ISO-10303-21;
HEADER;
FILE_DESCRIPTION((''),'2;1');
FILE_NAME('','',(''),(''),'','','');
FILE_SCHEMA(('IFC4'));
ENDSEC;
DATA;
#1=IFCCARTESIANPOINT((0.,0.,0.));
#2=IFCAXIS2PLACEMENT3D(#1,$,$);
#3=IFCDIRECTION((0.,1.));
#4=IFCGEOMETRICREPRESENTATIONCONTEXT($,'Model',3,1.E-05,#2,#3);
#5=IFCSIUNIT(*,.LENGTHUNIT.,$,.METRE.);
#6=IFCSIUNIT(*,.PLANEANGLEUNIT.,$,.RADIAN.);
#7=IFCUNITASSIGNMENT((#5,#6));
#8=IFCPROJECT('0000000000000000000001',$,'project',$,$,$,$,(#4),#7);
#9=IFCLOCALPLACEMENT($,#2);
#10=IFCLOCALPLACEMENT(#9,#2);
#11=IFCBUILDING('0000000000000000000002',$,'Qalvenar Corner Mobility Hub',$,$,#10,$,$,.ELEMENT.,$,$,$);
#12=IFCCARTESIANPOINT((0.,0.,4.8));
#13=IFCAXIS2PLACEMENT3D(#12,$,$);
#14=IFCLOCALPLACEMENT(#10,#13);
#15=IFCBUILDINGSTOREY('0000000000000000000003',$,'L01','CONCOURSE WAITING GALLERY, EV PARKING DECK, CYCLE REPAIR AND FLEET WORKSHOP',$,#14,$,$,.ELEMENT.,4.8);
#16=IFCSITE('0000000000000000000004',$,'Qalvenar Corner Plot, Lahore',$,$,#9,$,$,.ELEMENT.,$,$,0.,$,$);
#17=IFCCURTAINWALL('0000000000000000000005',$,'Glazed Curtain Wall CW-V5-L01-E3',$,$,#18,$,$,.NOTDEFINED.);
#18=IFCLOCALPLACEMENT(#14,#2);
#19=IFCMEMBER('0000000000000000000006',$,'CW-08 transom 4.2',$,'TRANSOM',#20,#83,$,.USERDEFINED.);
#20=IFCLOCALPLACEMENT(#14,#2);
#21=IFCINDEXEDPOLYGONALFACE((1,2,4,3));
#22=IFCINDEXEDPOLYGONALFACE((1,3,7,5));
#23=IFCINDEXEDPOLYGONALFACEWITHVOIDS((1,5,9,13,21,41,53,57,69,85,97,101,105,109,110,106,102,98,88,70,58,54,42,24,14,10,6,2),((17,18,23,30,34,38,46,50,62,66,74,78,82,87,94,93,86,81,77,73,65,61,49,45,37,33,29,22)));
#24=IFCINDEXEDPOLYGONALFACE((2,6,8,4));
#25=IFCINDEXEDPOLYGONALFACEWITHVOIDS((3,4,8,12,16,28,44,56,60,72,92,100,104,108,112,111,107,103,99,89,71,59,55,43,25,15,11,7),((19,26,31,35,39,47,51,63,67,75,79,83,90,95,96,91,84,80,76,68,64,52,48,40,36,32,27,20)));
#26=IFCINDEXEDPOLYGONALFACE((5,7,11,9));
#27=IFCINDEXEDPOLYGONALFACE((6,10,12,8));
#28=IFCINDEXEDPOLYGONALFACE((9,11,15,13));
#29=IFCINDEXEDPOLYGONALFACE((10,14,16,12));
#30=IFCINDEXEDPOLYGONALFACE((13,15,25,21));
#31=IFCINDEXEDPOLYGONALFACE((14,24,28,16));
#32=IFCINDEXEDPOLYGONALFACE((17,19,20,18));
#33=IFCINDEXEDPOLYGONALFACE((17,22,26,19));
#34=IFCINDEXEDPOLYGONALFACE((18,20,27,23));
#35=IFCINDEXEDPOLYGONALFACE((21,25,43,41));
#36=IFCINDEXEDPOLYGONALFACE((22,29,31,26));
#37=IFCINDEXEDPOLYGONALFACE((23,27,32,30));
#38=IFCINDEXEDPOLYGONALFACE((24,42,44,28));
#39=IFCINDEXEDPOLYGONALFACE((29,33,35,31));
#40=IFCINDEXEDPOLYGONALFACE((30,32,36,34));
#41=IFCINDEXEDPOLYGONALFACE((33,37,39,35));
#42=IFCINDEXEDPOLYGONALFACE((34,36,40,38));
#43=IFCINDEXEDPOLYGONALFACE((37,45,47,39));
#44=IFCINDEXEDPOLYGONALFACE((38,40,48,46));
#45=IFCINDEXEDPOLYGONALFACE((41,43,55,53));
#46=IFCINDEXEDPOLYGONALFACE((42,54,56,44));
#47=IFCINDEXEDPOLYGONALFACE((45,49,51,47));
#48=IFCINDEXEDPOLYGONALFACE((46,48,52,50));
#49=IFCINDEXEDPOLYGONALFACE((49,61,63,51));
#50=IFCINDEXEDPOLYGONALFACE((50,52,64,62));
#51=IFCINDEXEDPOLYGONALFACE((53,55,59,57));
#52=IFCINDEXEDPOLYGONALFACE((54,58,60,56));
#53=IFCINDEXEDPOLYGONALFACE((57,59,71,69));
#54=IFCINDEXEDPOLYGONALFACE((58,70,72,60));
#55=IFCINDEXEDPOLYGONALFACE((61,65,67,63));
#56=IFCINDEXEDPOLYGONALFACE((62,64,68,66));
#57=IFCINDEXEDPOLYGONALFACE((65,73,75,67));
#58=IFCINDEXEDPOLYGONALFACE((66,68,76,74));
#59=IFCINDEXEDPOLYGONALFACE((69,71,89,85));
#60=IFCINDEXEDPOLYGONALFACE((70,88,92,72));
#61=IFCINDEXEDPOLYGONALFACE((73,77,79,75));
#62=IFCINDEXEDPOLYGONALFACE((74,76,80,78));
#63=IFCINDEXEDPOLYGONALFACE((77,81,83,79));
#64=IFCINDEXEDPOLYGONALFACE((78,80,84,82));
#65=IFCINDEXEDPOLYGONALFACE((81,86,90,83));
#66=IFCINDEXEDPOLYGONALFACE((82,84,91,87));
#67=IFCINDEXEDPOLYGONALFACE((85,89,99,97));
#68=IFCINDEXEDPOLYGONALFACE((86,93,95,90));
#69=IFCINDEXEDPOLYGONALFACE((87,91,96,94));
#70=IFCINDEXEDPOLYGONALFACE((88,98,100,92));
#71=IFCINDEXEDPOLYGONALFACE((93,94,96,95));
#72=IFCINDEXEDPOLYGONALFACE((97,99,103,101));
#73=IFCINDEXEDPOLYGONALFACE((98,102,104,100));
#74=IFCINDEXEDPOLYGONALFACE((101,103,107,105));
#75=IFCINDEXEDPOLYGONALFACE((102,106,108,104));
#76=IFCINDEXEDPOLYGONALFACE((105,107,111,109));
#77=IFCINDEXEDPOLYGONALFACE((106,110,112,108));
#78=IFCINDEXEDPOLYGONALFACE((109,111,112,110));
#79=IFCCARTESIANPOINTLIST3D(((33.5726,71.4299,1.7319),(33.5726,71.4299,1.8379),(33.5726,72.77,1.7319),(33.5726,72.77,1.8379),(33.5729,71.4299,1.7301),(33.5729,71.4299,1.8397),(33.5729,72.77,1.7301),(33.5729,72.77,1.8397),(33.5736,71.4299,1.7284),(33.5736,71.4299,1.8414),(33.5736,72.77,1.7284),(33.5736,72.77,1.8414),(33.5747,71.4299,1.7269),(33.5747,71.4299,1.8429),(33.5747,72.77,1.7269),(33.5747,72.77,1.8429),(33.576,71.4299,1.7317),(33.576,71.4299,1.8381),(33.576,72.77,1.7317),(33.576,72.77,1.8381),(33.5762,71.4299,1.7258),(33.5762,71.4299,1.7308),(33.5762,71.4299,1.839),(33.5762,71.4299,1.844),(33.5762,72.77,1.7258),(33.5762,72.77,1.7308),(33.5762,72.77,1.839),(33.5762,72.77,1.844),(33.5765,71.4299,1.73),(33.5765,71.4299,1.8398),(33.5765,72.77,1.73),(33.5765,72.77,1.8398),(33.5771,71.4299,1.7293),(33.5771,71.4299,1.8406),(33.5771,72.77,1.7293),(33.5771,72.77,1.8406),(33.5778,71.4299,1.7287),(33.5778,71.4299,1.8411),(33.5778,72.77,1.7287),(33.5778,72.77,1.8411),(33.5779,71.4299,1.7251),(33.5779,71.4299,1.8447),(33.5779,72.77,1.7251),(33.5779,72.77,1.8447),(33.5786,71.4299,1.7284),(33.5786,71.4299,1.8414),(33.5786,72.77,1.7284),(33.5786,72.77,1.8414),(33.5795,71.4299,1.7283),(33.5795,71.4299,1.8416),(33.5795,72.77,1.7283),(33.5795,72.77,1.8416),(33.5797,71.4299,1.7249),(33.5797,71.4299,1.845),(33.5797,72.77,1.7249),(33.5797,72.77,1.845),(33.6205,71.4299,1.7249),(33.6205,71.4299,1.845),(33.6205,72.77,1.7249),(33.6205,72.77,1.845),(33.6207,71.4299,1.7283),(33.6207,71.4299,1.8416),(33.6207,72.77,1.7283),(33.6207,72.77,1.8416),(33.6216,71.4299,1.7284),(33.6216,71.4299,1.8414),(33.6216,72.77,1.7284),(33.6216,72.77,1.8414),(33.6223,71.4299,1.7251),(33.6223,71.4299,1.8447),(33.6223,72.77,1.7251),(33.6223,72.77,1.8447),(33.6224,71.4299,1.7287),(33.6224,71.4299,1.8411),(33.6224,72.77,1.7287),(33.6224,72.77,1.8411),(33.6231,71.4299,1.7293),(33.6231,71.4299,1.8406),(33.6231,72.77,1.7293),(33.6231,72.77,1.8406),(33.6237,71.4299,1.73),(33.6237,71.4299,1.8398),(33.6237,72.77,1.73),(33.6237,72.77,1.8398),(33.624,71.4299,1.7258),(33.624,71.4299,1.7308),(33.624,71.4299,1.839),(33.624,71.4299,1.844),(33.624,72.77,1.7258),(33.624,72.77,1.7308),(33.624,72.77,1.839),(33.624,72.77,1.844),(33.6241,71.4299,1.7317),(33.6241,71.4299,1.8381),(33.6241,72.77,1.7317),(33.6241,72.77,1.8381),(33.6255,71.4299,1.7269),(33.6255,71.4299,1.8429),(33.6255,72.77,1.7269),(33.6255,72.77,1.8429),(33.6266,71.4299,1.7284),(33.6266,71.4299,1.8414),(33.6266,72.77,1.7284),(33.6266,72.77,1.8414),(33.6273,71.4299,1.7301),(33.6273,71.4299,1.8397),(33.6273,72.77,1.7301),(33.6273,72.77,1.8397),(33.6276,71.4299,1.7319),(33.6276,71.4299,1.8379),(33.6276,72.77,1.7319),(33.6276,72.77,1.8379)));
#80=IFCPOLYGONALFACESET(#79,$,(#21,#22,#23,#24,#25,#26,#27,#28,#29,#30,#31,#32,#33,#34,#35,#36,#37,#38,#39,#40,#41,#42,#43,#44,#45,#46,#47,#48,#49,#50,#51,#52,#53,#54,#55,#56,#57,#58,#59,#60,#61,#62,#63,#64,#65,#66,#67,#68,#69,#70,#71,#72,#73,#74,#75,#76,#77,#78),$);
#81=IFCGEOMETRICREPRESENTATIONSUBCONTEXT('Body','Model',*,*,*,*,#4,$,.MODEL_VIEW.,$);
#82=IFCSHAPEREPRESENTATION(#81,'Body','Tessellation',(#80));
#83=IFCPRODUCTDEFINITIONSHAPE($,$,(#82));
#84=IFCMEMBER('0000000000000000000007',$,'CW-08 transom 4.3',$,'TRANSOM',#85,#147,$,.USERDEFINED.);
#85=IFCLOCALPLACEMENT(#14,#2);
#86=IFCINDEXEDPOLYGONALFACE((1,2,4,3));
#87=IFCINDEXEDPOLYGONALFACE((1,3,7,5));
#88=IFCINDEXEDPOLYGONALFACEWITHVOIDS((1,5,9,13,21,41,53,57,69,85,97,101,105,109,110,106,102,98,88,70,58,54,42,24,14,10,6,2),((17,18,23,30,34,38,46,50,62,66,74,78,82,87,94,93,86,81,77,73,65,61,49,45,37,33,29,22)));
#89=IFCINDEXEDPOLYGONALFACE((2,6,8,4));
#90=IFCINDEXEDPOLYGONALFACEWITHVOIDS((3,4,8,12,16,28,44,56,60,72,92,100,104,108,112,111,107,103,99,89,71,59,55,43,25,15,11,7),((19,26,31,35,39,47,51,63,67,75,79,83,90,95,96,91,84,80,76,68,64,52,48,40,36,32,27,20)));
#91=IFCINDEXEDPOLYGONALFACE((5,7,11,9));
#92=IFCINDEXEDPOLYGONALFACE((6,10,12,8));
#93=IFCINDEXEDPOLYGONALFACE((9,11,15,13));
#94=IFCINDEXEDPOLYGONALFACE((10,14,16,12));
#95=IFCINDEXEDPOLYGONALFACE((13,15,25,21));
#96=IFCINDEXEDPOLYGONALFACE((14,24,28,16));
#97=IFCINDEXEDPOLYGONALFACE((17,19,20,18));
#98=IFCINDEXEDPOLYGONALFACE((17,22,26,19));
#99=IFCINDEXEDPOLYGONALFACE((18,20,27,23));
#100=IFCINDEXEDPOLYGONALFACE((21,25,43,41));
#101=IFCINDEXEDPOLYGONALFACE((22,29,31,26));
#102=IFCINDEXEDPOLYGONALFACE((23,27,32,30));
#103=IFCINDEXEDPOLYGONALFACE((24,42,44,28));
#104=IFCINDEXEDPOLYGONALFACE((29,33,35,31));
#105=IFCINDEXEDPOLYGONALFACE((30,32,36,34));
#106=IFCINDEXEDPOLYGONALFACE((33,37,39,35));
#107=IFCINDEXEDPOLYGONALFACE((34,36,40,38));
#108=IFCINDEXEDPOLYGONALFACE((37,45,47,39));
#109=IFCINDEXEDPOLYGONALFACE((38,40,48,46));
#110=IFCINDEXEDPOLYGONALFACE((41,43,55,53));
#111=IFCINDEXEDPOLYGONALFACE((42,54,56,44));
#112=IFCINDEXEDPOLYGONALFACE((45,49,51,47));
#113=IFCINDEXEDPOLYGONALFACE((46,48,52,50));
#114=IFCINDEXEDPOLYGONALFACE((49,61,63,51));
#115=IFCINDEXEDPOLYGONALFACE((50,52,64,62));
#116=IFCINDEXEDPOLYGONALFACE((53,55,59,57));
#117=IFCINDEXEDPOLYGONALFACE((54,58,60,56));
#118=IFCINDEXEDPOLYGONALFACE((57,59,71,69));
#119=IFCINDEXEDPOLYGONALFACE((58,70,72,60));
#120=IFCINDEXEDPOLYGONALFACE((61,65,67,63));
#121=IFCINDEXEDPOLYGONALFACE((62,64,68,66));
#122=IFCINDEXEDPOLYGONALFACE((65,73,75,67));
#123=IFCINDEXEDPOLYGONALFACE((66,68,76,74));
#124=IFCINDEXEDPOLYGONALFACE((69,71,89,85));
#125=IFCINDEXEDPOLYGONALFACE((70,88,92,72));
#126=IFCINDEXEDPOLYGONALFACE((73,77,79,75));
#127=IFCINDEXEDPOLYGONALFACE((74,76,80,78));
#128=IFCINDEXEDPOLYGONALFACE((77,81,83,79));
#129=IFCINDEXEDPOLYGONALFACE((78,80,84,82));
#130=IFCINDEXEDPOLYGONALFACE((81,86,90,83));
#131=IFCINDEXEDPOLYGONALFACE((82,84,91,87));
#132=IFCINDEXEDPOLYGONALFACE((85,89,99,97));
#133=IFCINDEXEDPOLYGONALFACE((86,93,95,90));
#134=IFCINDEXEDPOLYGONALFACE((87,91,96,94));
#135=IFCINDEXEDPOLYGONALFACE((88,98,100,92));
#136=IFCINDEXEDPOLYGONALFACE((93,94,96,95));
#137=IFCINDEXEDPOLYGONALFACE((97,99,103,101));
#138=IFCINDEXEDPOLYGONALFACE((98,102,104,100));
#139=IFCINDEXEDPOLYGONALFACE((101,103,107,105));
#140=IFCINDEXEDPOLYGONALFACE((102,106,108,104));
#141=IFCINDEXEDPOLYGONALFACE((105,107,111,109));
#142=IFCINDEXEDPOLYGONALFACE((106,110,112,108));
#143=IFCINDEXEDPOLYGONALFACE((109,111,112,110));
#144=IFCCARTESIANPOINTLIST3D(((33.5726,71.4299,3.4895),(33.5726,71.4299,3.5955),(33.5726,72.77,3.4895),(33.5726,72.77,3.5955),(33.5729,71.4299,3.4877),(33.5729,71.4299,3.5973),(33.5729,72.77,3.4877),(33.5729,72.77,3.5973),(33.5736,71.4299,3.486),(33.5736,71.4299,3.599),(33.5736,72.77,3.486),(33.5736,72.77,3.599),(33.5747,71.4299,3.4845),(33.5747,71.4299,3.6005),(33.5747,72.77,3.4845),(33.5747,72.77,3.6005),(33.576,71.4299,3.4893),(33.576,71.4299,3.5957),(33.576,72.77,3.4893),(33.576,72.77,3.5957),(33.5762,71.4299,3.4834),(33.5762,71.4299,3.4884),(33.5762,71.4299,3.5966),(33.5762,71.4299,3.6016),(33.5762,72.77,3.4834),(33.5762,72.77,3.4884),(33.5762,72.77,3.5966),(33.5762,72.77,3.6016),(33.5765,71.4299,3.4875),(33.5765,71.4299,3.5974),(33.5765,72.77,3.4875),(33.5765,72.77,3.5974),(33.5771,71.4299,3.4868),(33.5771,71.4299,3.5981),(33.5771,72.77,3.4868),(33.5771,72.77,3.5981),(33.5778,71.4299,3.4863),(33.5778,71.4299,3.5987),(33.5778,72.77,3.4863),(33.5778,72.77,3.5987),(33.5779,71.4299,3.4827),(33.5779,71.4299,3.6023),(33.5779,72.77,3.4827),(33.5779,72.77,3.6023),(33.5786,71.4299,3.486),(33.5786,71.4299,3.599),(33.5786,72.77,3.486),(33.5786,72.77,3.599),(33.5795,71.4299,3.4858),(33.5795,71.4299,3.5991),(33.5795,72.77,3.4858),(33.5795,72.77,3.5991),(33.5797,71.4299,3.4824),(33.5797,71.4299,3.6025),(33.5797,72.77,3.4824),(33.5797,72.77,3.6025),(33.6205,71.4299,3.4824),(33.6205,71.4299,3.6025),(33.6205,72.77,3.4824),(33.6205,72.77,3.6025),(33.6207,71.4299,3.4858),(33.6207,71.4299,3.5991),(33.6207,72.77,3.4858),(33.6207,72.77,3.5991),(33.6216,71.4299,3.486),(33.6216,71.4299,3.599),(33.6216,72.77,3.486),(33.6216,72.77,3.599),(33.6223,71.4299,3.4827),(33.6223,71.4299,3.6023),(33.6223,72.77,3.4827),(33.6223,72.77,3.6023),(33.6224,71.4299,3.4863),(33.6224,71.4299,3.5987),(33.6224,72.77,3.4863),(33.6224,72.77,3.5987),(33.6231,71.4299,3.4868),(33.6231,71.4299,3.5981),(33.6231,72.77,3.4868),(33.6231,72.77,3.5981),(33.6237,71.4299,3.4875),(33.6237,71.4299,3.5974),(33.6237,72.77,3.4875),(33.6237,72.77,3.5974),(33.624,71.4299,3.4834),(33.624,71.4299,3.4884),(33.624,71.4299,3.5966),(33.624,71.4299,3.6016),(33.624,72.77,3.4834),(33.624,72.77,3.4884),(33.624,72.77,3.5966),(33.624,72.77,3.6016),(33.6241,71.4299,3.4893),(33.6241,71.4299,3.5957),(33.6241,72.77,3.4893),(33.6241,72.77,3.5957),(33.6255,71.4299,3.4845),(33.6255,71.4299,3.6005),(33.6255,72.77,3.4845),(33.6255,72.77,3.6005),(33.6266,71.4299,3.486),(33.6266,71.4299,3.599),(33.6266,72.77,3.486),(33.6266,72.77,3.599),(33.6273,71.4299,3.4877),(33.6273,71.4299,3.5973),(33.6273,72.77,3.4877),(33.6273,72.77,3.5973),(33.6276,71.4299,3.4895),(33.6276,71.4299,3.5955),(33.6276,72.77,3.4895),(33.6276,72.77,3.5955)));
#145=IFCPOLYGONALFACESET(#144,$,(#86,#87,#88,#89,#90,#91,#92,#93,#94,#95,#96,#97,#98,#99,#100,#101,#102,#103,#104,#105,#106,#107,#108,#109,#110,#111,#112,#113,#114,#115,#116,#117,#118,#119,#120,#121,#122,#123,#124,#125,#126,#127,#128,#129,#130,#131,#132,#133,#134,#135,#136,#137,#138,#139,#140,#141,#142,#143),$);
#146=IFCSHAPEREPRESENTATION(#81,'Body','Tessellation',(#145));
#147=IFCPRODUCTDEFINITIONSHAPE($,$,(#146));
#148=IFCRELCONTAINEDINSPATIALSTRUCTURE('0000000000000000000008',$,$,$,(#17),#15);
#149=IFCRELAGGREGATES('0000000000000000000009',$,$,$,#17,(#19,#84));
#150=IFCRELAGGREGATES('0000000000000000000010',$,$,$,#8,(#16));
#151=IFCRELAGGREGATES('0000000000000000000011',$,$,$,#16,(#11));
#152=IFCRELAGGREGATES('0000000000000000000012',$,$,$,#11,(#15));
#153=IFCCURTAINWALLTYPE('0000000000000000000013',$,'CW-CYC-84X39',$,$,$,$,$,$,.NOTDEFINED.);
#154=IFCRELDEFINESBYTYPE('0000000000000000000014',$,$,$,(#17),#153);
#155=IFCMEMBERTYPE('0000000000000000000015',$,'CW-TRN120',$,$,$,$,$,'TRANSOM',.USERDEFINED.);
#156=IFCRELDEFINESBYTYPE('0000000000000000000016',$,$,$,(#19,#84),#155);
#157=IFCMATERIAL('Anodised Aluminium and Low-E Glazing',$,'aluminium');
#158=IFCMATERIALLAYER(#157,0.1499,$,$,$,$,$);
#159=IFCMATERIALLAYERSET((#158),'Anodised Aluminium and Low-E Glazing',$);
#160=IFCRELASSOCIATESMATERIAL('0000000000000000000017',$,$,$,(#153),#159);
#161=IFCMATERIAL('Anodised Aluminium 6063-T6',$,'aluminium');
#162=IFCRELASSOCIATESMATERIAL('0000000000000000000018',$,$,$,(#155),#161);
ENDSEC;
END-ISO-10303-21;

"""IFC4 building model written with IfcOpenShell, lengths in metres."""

from ifc_helpers import new_model, si_unit, direction, frame, origin, origin_2d, place, context, subcontext, project, spatial, hollow_rectangle, extrude, material, layer, layer_set, material_profile, profile_set, type_object, element, aggregate, save


model = new_model("IFC4")

# Units and contexts
model_context = context("Model", 3, precision=1e-05, world=origin(), true_north=direction((0.0, 1.0)))
body_context = subcontext(model_context, "Body", "Model", "MODEL_VIEW")
ifc_project = project(units=[si_unit("LENGTHUNIT", "METRE"), si_unit("PLANEANGLEUNIT", "RADIAN")], contexts=[model_context])

# Site, building, storey
site_placement = place(None, origin())
site = spatial("IfcSite", under=ifc_project, at=site_placement, Name="Qalvenar Corner Plot, Lahore", CompositionType="ELEMENT", RefElevation=0.0)
building_placement = place(site_placement, origin())
building = spatial("IfcBuilding", under=site, at=building_placement, Name="Qalvenar Corner Mobility Hub", CompositionType="ELEMENT")
storey_placement = place(building_placement, frame((0.0, 0.0, 4.8)))
storey = spatial("IfcBuildingStorey", under=building, at=storey_placement, Name="L01", Description="CONCOURSE WAITING GALLERY, EV PARKING DECK, CYCLE REPAIR AND FLEET WORKSHOP", CompositionType="ELEMENT", Elevation=4.8)

# Curtain wall, members
ifc_material_1 = material(Name="Anodised Aluminium and Low-E Glazing", Category="aluminium")
ifc_layer_1 = layer(ifc_material_1, 0.1499)
ifc_layer_set_1 = layer_set([ifc_layer_1], Name="Anodised Aluminium and Low-E Glazing")
curtain_wall_type = type_object("IfcCurtainWallType", Name="CW-CYC-84X39", PredefinedType="NOTDEFINED", material=ifc_layer_set_1)
curtain_wall_placement = place(storey_placement, origin())
curtain_wall = element("IfcCurtainWall", 1, at=curtain_wall_placement, inside=storey, type_object=curtain_wall_type, Name="Glazed Curtain Wall CW-V5-L01-E3", PredefinedType="NOTDEFINED")
ifc_material_2 = material(Name="Anodised Aluminium 6063-T6", Category="aluminium")
ifc_material_profile_1 = material_profile(ifc_material_2, hollow_rectangle(XDim=0.0549, YDim=0.1201, WallThickness=0.0034, InnerFilletRadius=0.0034, OuterFilletRadius=0.0071, at=origin_2d()), Name="RHS120x55x3.5")
ifc_profile_set_1 = profile_set([ifc_material_profile_1], Name="Anodised Aluminium 6063-T6")
member_type_1 = type_object("IfcMemberType", Name="CW-TRN120", ElementType="TRANSOM", PredefinedType="USERDEFINED", material=ifc_profile_set_1)
member_1_placement = place(storey_placement, frame((33.6001, 71.4299, 1.7849), z_axis=(0.0, 1.0, 0.0), x_axis=(-1.0, 0.0, 0.0)))
member_1 = element("IfcMember", 2, at=member_1_placement, type_object=member_type_1, Name="CW-08 transom 4.2", ObjectType="TRANSOM", PredefinedType="USERDEFINED", context=body_context, shape_type="SweptSolid", body=[
    extrude(hollow_rectangle(XDim=0.0549, YDim=0.1201, WallThickness=0.0034, InnerFilletRadius=0.0034, OuterFilletRadius=0.0071, at=origin_2d()), origin(), (0.0, 0.0, 1.0), 1.3401),
])
member_2_placement = place(storey_placement, frame((33.6001, 71.4299, 3.5425), z_axis=(0.0, 1.0, 0.0), x_axis=(-1.0, 0.0, 0.0)))
member_2 = element("IfcMember", 3, at=member_2_placement, type_object=member_type_1, Name="CW-08 transom 4.3", ObjectType="TRANSOM", PredefinedType="USERDEFINED", context=body_context, shape_type="SweptSolid", body=[
    extrude(hollow_rectangle(XDim=0.0549, YDim=0.1201, WallThickness=0.0034, InnerFilletRadius=0.0034, OuterFilletRadius=0.0071, at=origin_2d()), origin(), (0.0, 0.0, 1.0), 1.3401),
])
aggregate(curtain_wall, [member_1, member_2])

save(model, "model.ifc")
